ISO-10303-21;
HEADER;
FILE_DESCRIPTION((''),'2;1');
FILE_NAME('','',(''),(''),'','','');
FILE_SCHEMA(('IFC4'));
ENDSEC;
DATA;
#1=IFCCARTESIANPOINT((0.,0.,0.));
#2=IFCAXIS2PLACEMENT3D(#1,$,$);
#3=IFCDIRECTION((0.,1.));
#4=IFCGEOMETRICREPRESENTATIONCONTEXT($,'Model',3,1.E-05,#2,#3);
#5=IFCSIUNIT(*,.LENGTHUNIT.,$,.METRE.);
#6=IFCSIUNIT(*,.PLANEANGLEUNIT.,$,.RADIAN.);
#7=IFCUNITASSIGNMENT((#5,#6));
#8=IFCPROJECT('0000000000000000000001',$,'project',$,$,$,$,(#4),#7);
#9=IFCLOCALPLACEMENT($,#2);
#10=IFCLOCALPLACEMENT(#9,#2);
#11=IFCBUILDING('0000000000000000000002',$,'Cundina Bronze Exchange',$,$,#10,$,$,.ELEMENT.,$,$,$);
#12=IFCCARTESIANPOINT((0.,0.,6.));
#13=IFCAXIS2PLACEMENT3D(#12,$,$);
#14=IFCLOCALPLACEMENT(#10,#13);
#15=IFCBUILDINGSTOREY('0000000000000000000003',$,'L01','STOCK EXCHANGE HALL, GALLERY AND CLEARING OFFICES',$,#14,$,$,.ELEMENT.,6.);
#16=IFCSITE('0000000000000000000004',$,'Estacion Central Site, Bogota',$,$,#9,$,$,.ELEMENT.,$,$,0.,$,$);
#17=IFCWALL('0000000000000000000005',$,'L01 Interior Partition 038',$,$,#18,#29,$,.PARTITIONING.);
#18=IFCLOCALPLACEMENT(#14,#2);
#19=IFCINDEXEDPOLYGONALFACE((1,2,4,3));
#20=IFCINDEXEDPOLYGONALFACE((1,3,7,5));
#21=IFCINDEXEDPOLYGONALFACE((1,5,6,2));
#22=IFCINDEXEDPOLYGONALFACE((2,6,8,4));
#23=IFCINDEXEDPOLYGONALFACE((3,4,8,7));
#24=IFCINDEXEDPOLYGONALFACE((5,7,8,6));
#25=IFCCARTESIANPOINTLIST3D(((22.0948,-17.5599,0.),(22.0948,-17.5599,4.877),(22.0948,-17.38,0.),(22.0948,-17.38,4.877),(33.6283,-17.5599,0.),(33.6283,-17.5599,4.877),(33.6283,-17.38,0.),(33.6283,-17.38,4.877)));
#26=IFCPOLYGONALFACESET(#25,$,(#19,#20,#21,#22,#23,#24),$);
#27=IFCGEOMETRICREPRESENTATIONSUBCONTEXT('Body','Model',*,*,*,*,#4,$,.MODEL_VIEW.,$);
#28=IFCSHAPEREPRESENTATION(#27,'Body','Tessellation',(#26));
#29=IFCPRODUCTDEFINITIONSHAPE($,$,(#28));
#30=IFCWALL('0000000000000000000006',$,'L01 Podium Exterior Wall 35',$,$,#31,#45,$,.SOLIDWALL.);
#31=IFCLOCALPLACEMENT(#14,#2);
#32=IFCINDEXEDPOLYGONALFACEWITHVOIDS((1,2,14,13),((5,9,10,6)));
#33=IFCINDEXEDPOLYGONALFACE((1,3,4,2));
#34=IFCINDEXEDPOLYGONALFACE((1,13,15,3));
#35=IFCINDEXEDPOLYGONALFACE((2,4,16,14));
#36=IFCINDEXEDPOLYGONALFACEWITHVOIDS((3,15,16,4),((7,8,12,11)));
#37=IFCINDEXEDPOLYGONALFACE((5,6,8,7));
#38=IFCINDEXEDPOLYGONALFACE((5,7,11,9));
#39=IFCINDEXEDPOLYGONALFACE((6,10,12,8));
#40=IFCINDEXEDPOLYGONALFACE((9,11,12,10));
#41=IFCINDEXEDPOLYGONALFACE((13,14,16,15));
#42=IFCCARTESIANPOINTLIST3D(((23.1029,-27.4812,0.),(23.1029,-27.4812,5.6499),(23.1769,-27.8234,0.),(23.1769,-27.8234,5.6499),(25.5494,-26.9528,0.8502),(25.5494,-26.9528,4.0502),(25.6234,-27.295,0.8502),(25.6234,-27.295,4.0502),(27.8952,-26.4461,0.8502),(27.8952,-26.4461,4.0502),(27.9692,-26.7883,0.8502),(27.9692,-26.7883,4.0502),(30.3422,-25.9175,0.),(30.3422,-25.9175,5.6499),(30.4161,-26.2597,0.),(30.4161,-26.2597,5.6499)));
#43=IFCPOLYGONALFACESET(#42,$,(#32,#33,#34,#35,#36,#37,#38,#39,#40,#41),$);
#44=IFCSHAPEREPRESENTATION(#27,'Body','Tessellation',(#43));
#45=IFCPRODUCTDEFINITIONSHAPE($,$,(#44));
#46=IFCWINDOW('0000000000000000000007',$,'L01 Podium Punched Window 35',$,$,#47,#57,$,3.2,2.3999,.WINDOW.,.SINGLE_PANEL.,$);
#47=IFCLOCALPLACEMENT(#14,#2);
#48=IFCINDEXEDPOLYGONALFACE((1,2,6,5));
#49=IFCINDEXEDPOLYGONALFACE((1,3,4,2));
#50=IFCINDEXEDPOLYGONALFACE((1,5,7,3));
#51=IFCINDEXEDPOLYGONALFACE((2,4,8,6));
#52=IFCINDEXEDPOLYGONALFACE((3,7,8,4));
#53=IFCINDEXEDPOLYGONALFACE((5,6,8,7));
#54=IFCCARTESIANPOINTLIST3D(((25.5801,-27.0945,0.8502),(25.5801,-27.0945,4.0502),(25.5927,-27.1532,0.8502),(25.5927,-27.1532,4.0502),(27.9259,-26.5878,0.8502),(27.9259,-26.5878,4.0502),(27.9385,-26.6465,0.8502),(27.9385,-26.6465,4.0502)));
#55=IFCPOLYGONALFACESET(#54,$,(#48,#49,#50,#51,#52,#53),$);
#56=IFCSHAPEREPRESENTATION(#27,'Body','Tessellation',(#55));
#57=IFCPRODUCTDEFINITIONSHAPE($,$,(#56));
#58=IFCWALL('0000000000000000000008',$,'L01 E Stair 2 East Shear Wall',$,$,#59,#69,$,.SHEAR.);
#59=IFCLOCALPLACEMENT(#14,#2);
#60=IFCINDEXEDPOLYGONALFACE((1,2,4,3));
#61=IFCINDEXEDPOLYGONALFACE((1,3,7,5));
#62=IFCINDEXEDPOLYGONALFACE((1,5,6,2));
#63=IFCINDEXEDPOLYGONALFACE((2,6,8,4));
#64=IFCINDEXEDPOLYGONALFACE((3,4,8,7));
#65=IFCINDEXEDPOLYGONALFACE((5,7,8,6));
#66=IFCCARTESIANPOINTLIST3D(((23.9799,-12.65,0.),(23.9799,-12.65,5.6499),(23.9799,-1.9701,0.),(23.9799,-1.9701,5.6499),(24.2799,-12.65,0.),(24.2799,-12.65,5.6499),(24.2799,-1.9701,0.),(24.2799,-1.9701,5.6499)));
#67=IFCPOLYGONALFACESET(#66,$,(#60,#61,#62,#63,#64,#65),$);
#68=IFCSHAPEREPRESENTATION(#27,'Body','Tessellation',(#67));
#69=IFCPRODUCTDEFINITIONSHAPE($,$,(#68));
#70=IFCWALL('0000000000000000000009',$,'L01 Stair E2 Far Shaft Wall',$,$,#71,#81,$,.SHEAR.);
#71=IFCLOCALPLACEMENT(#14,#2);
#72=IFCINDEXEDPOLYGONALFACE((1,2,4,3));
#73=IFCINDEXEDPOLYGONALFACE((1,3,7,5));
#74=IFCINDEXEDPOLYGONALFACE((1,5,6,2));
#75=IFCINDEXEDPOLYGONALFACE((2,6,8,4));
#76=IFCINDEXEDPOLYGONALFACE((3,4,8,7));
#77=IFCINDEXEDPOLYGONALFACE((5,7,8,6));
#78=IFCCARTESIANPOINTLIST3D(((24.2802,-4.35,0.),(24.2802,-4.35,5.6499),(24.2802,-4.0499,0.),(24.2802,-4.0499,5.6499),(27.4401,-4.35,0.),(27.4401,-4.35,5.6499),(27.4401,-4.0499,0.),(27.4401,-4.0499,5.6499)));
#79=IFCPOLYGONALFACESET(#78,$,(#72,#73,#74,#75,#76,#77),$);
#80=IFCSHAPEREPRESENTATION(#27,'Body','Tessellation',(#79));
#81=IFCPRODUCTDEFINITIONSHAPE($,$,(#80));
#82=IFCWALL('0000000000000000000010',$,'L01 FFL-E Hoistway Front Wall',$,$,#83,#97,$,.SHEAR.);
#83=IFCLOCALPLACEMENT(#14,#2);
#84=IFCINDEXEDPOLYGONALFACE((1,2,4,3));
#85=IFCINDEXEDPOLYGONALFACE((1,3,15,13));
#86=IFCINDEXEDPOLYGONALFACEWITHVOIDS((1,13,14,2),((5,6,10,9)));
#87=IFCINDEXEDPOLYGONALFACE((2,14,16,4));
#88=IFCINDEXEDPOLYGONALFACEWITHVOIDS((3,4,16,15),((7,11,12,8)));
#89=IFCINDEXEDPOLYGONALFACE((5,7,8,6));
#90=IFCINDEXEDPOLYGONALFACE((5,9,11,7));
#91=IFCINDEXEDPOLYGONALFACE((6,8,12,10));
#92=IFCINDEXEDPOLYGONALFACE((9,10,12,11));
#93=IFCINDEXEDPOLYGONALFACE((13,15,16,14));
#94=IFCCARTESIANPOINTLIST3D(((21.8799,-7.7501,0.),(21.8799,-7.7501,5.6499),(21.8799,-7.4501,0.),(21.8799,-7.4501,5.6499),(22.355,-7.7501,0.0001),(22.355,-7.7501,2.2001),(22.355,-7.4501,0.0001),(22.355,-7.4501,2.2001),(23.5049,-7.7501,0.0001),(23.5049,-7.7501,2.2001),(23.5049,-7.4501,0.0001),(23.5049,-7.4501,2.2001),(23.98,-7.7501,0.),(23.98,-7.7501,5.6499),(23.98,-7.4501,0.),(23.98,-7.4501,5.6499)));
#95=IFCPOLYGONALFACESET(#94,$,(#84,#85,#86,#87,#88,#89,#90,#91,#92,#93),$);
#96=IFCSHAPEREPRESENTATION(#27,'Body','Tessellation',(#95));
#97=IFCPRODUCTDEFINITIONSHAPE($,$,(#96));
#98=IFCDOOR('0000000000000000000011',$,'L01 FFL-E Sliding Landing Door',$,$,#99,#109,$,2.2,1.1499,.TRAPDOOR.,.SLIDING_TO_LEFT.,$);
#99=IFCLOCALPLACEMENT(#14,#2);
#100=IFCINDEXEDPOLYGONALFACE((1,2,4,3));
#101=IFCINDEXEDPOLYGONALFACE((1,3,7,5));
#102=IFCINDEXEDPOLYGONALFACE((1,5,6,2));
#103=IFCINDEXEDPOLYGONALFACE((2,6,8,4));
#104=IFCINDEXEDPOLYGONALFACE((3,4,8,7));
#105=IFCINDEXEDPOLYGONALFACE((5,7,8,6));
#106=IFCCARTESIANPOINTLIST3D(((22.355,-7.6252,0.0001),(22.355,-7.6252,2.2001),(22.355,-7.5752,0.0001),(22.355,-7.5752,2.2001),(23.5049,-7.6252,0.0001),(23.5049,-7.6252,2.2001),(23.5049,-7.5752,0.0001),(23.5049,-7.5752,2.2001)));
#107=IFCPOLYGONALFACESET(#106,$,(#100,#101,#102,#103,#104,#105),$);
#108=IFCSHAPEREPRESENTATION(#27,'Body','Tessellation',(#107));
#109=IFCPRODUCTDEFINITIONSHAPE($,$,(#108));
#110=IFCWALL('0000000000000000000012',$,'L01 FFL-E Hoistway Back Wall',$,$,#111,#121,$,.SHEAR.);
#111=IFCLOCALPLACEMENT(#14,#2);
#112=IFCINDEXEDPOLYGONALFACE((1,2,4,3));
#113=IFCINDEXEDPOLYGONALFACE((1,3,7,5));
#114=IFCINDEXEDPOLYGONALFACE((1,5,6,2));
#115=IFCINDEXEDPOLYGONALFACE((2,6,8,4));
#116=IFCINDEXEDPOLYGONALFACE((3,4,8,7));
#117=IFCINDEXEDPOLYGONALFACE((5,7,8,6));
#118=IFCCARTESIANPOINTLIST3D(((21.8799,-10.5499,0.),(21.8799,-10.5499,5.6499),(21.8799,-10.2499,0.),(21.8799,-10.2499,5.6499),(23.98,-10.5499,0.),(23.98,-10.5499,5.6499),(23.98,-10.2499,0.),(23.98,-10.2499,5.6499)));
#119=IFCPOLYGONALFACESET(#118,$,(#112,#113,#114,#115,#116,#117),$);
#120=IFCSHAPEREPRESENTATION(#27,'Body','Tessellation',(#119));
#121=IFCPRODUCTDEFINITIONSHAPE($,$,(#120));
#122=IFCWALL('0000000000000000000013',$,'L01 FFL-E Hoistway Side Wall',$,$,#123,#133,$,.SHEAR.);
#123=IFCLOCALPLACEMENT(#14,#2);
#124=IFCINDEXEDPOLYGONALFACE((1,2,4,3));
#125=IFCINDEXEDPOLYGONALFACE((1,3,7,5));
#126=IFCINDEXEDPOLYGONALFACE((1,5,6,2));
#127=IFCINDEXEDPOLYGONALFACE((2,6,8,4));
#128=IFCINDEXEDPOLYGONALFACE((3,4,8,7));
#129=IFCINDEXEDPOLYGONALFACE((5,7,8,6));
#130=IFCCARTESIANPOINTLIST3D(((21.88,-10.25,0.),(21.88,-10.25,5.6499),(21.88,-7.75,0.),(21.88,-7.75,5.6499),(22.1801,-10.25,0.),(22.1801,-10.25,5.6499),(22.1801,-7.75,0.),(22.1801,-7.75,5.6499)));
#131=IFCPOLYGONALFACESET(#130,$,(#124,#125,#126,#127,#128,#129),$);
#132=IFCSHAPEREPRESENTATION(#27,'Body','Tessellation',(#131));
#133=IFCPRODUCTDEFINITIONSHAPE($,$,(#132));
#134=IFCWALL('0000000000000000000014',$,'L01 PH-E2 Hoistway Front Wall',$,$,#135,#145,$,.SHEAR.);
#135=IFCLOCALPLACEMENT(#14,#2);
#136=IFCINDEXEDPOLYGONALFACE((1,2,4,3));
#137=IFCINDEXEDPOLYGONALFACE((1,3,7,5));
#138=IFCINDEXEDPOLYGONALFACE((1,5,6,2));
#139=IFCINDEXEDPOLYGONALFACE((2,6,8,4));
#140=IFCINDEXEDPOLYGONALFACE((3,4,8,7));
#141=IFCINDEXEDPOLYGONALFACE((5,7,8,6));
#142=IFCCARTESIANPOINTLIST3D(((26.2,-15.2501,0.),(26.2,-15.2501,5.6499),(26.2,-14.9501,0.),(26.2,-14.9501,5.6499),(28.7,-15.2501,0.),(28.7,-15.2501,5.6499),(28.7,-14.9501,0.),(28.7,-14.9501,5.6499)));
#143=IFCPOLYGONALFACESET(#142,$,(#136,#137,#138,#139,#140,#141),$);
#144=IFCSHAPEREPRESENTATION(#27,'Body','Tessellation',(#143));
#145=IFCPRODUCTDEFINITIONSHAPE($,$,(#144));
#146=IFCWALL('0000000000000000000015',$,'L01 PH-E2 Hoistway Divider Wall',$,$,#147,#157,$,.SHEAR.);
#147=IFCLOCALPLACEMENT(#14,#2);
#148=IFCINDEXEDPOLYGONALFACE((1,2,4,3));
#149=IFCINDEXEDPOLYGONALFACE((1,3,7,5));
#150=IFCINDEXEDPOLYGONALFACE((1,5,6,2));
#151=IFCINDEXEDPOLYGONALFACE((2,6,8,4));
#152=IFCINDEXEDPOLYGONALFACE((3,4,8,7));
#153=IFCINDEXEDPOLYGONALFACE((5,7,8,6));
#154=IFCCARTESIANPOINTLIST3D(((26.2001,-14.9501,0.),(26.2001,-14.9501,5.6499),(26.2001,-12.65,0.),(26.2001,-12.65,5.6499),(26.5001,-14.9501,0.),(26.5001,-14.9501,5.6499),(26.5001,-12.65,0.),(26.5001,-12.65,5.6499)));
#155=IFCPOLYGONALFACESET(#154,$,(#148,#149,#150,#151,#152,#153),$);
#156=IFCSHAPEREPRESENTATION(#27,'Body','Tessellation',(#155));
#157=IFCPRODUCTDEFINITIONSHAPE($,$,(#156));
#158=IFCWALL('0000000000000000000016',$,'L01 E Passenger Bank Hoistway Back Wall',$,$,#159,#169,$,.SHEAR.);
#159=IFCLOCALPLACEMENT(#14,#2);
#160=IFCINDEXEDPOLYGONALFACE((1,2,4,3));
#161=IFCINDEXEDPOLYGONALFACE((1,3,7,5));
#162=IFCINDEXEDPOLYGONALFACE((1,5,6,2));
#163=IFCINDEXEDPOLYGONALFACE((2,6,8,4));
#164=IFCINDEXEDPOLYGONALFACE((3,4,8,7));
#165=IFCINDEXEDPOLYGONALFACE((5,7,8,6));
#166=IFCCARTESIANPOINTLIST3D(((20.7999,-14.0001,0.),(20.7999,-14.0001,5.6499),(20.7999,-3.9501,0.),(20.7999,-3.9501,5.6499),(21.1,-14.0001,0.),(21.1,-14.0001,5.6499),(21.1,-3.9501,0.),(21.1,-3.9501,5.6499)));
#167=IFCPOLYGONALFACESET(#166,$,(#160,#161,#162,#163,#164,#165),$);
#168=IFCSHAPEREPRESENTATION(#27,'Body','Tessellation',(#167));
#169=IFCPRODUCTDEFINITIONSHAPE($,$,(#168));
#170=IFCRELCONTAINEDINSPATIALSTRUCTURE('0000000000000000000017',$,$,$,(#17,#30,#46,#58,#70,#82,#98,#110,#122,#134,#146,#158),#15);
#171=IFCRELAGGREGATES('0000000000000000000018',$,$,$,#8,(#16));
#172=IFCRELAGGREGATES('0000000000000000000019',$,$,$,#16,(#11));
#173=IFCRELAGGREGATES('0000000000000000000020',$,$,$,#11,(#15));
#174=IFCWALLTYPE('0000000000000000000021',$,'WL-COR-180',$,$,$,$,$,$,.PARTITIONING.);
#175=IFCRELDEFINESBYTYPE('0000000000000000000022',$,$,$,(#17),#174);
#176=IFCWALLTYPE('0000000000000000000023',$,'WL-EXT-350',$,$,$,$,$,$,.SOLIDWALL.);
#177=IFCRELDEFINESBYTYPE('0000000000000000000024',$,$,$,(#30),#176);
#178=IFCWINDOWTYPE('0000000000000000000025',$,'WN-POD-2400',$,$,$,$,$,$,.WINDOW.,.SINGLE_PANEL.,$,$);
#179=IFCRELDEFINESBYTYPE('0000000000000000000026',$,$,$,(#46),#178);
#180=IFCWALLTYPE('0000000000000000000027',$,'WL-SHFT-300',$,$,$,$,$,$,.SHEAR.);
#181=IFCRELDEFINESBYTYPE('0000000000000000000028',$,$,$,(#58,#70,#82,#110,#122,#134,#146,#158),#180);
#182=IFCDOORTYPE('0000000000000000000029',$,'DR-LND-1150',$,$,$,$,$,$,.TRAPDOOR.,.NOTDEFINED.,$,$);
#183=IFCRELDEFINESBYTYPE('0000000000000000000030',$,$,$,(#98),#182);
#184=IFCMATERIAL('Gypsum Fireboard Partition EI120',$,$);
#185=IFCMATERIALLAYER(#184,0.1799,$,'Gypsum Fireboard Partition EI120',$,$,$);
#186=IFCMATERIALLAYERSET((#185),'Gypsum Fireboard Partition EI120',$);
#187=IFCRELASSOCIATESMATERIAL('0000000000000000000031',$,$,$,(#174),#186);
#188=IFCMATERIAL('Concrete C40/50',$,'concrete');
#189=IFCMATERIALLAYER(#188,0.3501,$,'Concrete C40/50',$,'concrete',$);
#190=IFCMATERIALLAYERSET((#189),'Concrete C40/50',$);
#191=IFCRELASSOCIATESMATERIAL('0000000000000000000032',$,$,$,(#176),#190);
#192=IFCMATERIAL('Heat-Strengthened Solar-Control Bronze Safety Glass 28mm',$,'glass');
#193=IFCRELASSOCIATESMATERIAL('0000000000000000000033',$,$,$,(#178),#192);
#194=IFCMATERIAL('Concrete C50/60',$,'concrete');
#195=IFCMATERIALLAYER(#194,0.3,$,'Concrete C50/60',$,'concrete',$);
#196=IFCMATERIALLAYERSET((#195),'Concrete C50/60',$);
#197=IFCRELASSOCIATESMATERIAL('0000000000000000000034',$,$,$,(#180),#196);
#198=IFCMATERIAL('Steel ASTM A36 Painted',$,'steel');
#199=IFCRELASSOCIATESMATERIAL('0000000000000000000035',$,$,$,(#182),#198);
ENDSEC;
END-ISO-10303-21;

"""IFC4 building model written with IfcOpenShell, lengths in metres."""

from ifc_helpers import new_model, si_unit, direction, frame, frame_2d, origin, place, context, subcontext, project, spatial, rectangle, extrude, material, layer, layer_set, type_object, element, fill, save


model = new_model("IFC4")

# Units and contexts
model_context = context("Model", 3, precision=1e-05, world=origin(), true_north=direction((0.0, 1.0)))
body_context = subcontext(model_context, "Body", "Model", "MODEL_VIEW")
ifc_project = project(units=[si_unit("LENGTHUNIT", "METRE"), si_unit("PLANEANGLEUNIT", "RADIAN")], contexts=[model_context])

# Site, building, storey
site_placement = place(None, origin())
site = spatial("IfcSite", under=ifc_project, at=site_placement, Name="Estacion Central Site, Bogota", CompositionType="ELEMENT", RefElevation=0.0)
building_placement = place(site_placement, origin())
building = spatial("IfcBuilding", under=site, at=building_placement, Name="Cundina Bronze Exchange", CompositionType="ELEMENT")
storey_placement = place(building_placement, frame((0.0, 0.0, 6.0)))
storey = spatial("IfcBuildingStorey", under=building, at=storey_placement, Name="L01", Description="STOCK EXCHANGE HALL, GALLERY AND CLEARING OFFICES", CompositionType="ELEMENT", Elevation=6.0)

# Wall
ifc_material_1 = material(Name="Gypsum Fireboard Partition EI120")
ifc_layer_1 = layer(ifc_material_1, 0.1799, Name="Gypsum Fireboard Partition EI120")
ifc_layer_set_1 = layer_set([ifc_layer_1], Name="Gypsum Fireboard Partition EI120")
wall_type_1 = type_object("IfcWallType", Name="WL-COR-180", PredefinedType="PARTITIONING", material=ifc_layer_set_1)
wall_1_placement = place(storey_placement, frame((22.095, -17.47, 0.0), z_axis=(0.0, 0.0, 1.0), x_axis=(1.0, 0.0, 0.0)))
element("IfcWall", 1, at=wall_1_placement, inside=storey, type_object=wall_type_1, Name="L01 Interior Partition 038", PredefinedType="PARTITIONING", context=body_context, shape_type="SweptSolid", body=[
    extrude(rectangle(XDim=11.5334, YDim=0.1799, at=frame_2d((5.7666, 0.0))), origin(), (0.0, 0.0, 1.0), 4.877),
])

# Wall, opening, window
ifc_material_2 = material(Name="Concrete C40/50", Category="concrete")
ifc_layer_2 = layer(ifc_material_2, 0.3501, Name="Concrete C40/50", Category="concrete")
ifc_layer_set_2 = layer_set([ifc_layer_2], Name="Concrete C40/50")
wall_type_2 = type_object("IfcWallType", Name="WL-EXT-350", PredefinedType="SOLIDWALL", material=ifc_layer_set_2)
wall_2_placement = place(storey_placement, frame((23.1399, -27.6523, 0.0), z_axis=(0.0, 0.0, 1.0), x_axis=(0.977457, 0.211136, 0.0)))
wall_2 = element("IfcWall", 2, at=wall_2_placement, inside=storey, type_object=wall_type_2, Name="L01 Podium Exterior Wall 35", PredefinedType="SOLIDWALL", context=body_context, shape_type="SweptSolid", body=[
    extrude(rectangle(XDim=7.4062, YDim=0.3501, at=frame_2d((3.7031, 0.0))), origin(), (0.0, 0.0, 1.0), 5.6499),
])
opening_1_placement = place(wall_2_placement, frame((2.5029, 0.0, 0.8501)))
opening_1 = element("IfcOpeningElement", 3, at=opening_1_placement, cuts=wall_2, PredefinedType="OPENING", context=body_context, shape_type="SweptSolid", body=[
    extrude(rectangle(XDim=2.3999, YDim=3.2, at=frame_2d((1.2, 1.6001))), frame((0.0, 0.1851, 0.0), z_axis=(0.0, -1.0, 0.0), x_axis=(1.0, 0.0, 0.0)), (0.0, 0.0, 1.0), 0.3701),
])
ifc_material_3 = material(Name="Heat-Strengthened Solar-Control Bronze Safety Glass 28mm", Category="glass")
window_type_1 = type_object("IfcWindowType", Name="WN-POD-2400", PartitioningType="SINGLE_PANEL", PredefinedType="WINDOW", material=ifc_material_3)
window_1_placement = place(opening_1_placement, origin())
window_1 = element("IfcWindow", 4, at=window_1_placement, inside=storey, type_object=window_type_1, Name="L01 Podium Punched Window 35", OverallHeight=3.2, OverallWidth=2.3999, PartitioningType="SINGLE_PANEL", PredefinedType="WINDOW", context=body_context, shape_type="SweptSolid", body=[
    extrude(rectangle(XDim=2.3999, YDim=3.2, at=frame_2d((1.2, 1.6001))), frame((0.0, 0.03, 0.0), z_axis=(0.0, -1.0, 0.0), x_axis=(1.0, 0.0, 0.0)), (0.0, 0.0, 1.0), 0.0601),
])
fill(opening_1, window_1)

# Wall
ifc_material_4 = material(Name="Concrete C50/60", Category="concrete")
ifc_layer_3 = layer(ifc_material_4, 0.3, Name="Concrete C50/60", Category="concrete")
ifc_layer_set_3 = layer_set([ifc_layer_3], Name="Concrete C50/60")
wall_type_3 = type_object("IfcWallType", Name="WL-SHFT-300", PredefinedType="SHEAR", material=ifc_layer_set_3)
wall_3_placement = place(storey_placement, frame((24.1299, -12.6499, 0.0), z_axis=(0.0, 0.0, 1.0), x_axis=(0.0, 1.0, 0.0)))
element("IfcWall", 5, at=wall_3_placement, inside=storey, type_object=wall_type_3, Name="L01 E Stair 2 East Shear Wall", PredefinedType="SHEAR", context=body_context, shape_type="SweptSolid", body=[
    extrude(rectangle(XDim=10.6799, YDim=0.3, at=frame_2d((5.3398, 0.0))), origin(), (0.0, 0.0, 1.0), 5.6499),
])

# Shared definitions
ifc_material_5 = material(Name="Steel ASTM A36 Painted", Category="steel")

# Wall
wall_4_placement = place(storey_placement, frame((24.28, -4.2, 0.0), z_axis=(0.0, 0.0, 1.0), x_axis=(1.0, 0.0, 0.0)))
element("IfcWall", 6, at=wall_4_placement, inside=storey, type_object=wall_type_3, Name="L01 Stair E2 Far Shaft Wall", PredefinedType="SHEAR", context=body_context, shape_type="SweptSolid", body=[
    extrude(rectangle(XDim=3.1599, YDim=0.3, at=frame_2d((1.5801, 0.0))), origin(), (0.0, 0.0, 1.0), 5.6499),
])

# Wall, opening, door
wall_5_placement = place(storey_placement, frame((21.8799, -7.6001, 0.0), z_axis=(0.0, 0.0, 1.0), x_axis=(1.0, 0.0, 0.0)))
wall_5 = element("IfcWall", 7, at=wall_5_placement, inside=storey, type_object=wall_type_3, Name="L01 FFL-E Hoistway Front Wall", PredefinedType="SHEAR", context=body_context, shape_type="SweptSolid", body=[
    extrude(rectangle(XDim=2.1001, YDim=0.3, at=frame_2d((1.05, 0.0))), origin(), (0.0, 0.0, 1.0), 5.6499),
])
opening_2_placement = place(wall_5_placement, frame((0.4751, 0.0, 0.0)))
opening_2 = element("IfcOpeningElement", 8, at=opening_2_placement, cuts=wall_5, PredefinedType="OPENING", context=body_context, shape_type="SweptSolid", body=[
    extrude(rectangle(XDim=1.1499, YDim=2.2, at=frame_2d((0.575, 1.1001))), frame((0.0, 0.1599, 0.0), z_axis=(0.0, -1.0, 0.0), x_axis=(1.0, 0.0, 0.0)), (0.0, 0.0, 1.0), 0.3201),
])
door_type_1 = type_object("IfcDoorType", Name="DR-LND-1150", OperationType="NOTDEFINED", PredefinedType="TRAPDOOR", material=ifc_material_5)
door_1_placement = place(opening_2_placement, origin())
door_1 = element("IfcDoor", 9, at=door_1_placement, inside=storey, type_object=door_type_1, Name="L01 FFL-E Sliding Landing Door", OperationType="SLIDING_TO_LEFT", OverallHeight=2.2, OverallWidth=1.1499, PredefinedType="TRAPDOOR", context=body_context, shape_type="SweptSolid", body=[
    extrude(rectangle(XDim=1.1499, YDim=2.2, at=frame_2d((0.575, 1.1001))), frame((0.0, 0.0249, 0.0), z_axis=(0.0, -1.0, 0.0), x_axis=(1.0, 0.0, 0.0)), (0.0, 0.0, 1.0), 0.05),
])
fill(opening_2, door_1)

# Walls
wall_6_placement = place(storey_placement, frame((21.8799, -10.3999, 0.0), z_axis=(0.0, 0.0, 1.0), x_axis=(1.0, 0.0, 0.0)))
element("IfcWall", 10, at=wall_6_placement, inside=storey, type_object=wall_type_3, Name="L01 FFL-E Hoistway Back Wall", PredefinedType="SHEAR", context=body_context, shape_type="SweptSolid", body=[
    extrude(rectangle(XDim=2.1001, YDim=0.3, at=frame_2d((1.05, 0.0))), origin(), (0.0, 0.0, 1.0), 5.6499),
])
for number, where, z_axis, x_axis, name in (
    (11, (22.03, -10.25, 0.0), (0.0, 0.0, 1.0), (0.0, 1.0, 0.0), "L01 FFL-E Hoistway Side Wall"),
    (12, (26.2, -15.1001, 0.0), (0.0, 0.0, 1.0), (1.0, 0.0, 0.0), "L01 PH-E2 Hoistway Front Wall"),
):
    element("IfcWall", number, at=place(storey_placement, frame(where, z_axis=z_axis, x_axis=x_axis)), inside=storey, type_object=wall_type_3, Name=name, PredefinedType="SHEAR", context=body_context, shape_type="SweptSolid", body=[
        extrude(rectangle(XDim=2.5, YDim=0.3, at=frame_2d((1.25, 0.0))), origin(), (0.0, 0.0, 1.0), 5.6499),
    ])
wall_7_placement = place(storey_placement, frame((26.3501, -14.95, 0.0), z_axis=(0.0, 0.0, 1.0), x_axis=(0.0, 1.0, 0.0)))
element("IfcWall", 13, at=wall_7_placement, inside=storey, type_object=wall_type_3, Name="L01 PH-E2 Hoistway Divider Wall", PredefinedType="SHEAR", context=body_context, shape_type="SweptSolid", body=[
    extrude(rectangle(XDim=2.3, YDim=0.3, at=frame_2d((1.1499, 0.0))), origin(), (0.0, 0.0, 1.0), 5.6499),
])
wall_8_placement = place(storey_placement, frame((20.95, -14.0, 0.0), z_axis=(0.0, 0.0, 1.0), x_axis=(0.0, 1.0, 0.0)))
element("IfcWall", 14, at=wall_8_placement, inside=storey, type_object=wall_type_3, Name="L01 E Passenger Bank Hoistway Back Wall", PredefinedType="SHEAR", context=body_context, shape_type="SweptSolid", body=[
    extrude(rectangle(XDim=10.05, YDim=0.3, at=frame_2d((5.0249, 0.0))), origin(), (0.0, 0.0, 1.0), 5.6499),
])

save(model, "model.ifc")
